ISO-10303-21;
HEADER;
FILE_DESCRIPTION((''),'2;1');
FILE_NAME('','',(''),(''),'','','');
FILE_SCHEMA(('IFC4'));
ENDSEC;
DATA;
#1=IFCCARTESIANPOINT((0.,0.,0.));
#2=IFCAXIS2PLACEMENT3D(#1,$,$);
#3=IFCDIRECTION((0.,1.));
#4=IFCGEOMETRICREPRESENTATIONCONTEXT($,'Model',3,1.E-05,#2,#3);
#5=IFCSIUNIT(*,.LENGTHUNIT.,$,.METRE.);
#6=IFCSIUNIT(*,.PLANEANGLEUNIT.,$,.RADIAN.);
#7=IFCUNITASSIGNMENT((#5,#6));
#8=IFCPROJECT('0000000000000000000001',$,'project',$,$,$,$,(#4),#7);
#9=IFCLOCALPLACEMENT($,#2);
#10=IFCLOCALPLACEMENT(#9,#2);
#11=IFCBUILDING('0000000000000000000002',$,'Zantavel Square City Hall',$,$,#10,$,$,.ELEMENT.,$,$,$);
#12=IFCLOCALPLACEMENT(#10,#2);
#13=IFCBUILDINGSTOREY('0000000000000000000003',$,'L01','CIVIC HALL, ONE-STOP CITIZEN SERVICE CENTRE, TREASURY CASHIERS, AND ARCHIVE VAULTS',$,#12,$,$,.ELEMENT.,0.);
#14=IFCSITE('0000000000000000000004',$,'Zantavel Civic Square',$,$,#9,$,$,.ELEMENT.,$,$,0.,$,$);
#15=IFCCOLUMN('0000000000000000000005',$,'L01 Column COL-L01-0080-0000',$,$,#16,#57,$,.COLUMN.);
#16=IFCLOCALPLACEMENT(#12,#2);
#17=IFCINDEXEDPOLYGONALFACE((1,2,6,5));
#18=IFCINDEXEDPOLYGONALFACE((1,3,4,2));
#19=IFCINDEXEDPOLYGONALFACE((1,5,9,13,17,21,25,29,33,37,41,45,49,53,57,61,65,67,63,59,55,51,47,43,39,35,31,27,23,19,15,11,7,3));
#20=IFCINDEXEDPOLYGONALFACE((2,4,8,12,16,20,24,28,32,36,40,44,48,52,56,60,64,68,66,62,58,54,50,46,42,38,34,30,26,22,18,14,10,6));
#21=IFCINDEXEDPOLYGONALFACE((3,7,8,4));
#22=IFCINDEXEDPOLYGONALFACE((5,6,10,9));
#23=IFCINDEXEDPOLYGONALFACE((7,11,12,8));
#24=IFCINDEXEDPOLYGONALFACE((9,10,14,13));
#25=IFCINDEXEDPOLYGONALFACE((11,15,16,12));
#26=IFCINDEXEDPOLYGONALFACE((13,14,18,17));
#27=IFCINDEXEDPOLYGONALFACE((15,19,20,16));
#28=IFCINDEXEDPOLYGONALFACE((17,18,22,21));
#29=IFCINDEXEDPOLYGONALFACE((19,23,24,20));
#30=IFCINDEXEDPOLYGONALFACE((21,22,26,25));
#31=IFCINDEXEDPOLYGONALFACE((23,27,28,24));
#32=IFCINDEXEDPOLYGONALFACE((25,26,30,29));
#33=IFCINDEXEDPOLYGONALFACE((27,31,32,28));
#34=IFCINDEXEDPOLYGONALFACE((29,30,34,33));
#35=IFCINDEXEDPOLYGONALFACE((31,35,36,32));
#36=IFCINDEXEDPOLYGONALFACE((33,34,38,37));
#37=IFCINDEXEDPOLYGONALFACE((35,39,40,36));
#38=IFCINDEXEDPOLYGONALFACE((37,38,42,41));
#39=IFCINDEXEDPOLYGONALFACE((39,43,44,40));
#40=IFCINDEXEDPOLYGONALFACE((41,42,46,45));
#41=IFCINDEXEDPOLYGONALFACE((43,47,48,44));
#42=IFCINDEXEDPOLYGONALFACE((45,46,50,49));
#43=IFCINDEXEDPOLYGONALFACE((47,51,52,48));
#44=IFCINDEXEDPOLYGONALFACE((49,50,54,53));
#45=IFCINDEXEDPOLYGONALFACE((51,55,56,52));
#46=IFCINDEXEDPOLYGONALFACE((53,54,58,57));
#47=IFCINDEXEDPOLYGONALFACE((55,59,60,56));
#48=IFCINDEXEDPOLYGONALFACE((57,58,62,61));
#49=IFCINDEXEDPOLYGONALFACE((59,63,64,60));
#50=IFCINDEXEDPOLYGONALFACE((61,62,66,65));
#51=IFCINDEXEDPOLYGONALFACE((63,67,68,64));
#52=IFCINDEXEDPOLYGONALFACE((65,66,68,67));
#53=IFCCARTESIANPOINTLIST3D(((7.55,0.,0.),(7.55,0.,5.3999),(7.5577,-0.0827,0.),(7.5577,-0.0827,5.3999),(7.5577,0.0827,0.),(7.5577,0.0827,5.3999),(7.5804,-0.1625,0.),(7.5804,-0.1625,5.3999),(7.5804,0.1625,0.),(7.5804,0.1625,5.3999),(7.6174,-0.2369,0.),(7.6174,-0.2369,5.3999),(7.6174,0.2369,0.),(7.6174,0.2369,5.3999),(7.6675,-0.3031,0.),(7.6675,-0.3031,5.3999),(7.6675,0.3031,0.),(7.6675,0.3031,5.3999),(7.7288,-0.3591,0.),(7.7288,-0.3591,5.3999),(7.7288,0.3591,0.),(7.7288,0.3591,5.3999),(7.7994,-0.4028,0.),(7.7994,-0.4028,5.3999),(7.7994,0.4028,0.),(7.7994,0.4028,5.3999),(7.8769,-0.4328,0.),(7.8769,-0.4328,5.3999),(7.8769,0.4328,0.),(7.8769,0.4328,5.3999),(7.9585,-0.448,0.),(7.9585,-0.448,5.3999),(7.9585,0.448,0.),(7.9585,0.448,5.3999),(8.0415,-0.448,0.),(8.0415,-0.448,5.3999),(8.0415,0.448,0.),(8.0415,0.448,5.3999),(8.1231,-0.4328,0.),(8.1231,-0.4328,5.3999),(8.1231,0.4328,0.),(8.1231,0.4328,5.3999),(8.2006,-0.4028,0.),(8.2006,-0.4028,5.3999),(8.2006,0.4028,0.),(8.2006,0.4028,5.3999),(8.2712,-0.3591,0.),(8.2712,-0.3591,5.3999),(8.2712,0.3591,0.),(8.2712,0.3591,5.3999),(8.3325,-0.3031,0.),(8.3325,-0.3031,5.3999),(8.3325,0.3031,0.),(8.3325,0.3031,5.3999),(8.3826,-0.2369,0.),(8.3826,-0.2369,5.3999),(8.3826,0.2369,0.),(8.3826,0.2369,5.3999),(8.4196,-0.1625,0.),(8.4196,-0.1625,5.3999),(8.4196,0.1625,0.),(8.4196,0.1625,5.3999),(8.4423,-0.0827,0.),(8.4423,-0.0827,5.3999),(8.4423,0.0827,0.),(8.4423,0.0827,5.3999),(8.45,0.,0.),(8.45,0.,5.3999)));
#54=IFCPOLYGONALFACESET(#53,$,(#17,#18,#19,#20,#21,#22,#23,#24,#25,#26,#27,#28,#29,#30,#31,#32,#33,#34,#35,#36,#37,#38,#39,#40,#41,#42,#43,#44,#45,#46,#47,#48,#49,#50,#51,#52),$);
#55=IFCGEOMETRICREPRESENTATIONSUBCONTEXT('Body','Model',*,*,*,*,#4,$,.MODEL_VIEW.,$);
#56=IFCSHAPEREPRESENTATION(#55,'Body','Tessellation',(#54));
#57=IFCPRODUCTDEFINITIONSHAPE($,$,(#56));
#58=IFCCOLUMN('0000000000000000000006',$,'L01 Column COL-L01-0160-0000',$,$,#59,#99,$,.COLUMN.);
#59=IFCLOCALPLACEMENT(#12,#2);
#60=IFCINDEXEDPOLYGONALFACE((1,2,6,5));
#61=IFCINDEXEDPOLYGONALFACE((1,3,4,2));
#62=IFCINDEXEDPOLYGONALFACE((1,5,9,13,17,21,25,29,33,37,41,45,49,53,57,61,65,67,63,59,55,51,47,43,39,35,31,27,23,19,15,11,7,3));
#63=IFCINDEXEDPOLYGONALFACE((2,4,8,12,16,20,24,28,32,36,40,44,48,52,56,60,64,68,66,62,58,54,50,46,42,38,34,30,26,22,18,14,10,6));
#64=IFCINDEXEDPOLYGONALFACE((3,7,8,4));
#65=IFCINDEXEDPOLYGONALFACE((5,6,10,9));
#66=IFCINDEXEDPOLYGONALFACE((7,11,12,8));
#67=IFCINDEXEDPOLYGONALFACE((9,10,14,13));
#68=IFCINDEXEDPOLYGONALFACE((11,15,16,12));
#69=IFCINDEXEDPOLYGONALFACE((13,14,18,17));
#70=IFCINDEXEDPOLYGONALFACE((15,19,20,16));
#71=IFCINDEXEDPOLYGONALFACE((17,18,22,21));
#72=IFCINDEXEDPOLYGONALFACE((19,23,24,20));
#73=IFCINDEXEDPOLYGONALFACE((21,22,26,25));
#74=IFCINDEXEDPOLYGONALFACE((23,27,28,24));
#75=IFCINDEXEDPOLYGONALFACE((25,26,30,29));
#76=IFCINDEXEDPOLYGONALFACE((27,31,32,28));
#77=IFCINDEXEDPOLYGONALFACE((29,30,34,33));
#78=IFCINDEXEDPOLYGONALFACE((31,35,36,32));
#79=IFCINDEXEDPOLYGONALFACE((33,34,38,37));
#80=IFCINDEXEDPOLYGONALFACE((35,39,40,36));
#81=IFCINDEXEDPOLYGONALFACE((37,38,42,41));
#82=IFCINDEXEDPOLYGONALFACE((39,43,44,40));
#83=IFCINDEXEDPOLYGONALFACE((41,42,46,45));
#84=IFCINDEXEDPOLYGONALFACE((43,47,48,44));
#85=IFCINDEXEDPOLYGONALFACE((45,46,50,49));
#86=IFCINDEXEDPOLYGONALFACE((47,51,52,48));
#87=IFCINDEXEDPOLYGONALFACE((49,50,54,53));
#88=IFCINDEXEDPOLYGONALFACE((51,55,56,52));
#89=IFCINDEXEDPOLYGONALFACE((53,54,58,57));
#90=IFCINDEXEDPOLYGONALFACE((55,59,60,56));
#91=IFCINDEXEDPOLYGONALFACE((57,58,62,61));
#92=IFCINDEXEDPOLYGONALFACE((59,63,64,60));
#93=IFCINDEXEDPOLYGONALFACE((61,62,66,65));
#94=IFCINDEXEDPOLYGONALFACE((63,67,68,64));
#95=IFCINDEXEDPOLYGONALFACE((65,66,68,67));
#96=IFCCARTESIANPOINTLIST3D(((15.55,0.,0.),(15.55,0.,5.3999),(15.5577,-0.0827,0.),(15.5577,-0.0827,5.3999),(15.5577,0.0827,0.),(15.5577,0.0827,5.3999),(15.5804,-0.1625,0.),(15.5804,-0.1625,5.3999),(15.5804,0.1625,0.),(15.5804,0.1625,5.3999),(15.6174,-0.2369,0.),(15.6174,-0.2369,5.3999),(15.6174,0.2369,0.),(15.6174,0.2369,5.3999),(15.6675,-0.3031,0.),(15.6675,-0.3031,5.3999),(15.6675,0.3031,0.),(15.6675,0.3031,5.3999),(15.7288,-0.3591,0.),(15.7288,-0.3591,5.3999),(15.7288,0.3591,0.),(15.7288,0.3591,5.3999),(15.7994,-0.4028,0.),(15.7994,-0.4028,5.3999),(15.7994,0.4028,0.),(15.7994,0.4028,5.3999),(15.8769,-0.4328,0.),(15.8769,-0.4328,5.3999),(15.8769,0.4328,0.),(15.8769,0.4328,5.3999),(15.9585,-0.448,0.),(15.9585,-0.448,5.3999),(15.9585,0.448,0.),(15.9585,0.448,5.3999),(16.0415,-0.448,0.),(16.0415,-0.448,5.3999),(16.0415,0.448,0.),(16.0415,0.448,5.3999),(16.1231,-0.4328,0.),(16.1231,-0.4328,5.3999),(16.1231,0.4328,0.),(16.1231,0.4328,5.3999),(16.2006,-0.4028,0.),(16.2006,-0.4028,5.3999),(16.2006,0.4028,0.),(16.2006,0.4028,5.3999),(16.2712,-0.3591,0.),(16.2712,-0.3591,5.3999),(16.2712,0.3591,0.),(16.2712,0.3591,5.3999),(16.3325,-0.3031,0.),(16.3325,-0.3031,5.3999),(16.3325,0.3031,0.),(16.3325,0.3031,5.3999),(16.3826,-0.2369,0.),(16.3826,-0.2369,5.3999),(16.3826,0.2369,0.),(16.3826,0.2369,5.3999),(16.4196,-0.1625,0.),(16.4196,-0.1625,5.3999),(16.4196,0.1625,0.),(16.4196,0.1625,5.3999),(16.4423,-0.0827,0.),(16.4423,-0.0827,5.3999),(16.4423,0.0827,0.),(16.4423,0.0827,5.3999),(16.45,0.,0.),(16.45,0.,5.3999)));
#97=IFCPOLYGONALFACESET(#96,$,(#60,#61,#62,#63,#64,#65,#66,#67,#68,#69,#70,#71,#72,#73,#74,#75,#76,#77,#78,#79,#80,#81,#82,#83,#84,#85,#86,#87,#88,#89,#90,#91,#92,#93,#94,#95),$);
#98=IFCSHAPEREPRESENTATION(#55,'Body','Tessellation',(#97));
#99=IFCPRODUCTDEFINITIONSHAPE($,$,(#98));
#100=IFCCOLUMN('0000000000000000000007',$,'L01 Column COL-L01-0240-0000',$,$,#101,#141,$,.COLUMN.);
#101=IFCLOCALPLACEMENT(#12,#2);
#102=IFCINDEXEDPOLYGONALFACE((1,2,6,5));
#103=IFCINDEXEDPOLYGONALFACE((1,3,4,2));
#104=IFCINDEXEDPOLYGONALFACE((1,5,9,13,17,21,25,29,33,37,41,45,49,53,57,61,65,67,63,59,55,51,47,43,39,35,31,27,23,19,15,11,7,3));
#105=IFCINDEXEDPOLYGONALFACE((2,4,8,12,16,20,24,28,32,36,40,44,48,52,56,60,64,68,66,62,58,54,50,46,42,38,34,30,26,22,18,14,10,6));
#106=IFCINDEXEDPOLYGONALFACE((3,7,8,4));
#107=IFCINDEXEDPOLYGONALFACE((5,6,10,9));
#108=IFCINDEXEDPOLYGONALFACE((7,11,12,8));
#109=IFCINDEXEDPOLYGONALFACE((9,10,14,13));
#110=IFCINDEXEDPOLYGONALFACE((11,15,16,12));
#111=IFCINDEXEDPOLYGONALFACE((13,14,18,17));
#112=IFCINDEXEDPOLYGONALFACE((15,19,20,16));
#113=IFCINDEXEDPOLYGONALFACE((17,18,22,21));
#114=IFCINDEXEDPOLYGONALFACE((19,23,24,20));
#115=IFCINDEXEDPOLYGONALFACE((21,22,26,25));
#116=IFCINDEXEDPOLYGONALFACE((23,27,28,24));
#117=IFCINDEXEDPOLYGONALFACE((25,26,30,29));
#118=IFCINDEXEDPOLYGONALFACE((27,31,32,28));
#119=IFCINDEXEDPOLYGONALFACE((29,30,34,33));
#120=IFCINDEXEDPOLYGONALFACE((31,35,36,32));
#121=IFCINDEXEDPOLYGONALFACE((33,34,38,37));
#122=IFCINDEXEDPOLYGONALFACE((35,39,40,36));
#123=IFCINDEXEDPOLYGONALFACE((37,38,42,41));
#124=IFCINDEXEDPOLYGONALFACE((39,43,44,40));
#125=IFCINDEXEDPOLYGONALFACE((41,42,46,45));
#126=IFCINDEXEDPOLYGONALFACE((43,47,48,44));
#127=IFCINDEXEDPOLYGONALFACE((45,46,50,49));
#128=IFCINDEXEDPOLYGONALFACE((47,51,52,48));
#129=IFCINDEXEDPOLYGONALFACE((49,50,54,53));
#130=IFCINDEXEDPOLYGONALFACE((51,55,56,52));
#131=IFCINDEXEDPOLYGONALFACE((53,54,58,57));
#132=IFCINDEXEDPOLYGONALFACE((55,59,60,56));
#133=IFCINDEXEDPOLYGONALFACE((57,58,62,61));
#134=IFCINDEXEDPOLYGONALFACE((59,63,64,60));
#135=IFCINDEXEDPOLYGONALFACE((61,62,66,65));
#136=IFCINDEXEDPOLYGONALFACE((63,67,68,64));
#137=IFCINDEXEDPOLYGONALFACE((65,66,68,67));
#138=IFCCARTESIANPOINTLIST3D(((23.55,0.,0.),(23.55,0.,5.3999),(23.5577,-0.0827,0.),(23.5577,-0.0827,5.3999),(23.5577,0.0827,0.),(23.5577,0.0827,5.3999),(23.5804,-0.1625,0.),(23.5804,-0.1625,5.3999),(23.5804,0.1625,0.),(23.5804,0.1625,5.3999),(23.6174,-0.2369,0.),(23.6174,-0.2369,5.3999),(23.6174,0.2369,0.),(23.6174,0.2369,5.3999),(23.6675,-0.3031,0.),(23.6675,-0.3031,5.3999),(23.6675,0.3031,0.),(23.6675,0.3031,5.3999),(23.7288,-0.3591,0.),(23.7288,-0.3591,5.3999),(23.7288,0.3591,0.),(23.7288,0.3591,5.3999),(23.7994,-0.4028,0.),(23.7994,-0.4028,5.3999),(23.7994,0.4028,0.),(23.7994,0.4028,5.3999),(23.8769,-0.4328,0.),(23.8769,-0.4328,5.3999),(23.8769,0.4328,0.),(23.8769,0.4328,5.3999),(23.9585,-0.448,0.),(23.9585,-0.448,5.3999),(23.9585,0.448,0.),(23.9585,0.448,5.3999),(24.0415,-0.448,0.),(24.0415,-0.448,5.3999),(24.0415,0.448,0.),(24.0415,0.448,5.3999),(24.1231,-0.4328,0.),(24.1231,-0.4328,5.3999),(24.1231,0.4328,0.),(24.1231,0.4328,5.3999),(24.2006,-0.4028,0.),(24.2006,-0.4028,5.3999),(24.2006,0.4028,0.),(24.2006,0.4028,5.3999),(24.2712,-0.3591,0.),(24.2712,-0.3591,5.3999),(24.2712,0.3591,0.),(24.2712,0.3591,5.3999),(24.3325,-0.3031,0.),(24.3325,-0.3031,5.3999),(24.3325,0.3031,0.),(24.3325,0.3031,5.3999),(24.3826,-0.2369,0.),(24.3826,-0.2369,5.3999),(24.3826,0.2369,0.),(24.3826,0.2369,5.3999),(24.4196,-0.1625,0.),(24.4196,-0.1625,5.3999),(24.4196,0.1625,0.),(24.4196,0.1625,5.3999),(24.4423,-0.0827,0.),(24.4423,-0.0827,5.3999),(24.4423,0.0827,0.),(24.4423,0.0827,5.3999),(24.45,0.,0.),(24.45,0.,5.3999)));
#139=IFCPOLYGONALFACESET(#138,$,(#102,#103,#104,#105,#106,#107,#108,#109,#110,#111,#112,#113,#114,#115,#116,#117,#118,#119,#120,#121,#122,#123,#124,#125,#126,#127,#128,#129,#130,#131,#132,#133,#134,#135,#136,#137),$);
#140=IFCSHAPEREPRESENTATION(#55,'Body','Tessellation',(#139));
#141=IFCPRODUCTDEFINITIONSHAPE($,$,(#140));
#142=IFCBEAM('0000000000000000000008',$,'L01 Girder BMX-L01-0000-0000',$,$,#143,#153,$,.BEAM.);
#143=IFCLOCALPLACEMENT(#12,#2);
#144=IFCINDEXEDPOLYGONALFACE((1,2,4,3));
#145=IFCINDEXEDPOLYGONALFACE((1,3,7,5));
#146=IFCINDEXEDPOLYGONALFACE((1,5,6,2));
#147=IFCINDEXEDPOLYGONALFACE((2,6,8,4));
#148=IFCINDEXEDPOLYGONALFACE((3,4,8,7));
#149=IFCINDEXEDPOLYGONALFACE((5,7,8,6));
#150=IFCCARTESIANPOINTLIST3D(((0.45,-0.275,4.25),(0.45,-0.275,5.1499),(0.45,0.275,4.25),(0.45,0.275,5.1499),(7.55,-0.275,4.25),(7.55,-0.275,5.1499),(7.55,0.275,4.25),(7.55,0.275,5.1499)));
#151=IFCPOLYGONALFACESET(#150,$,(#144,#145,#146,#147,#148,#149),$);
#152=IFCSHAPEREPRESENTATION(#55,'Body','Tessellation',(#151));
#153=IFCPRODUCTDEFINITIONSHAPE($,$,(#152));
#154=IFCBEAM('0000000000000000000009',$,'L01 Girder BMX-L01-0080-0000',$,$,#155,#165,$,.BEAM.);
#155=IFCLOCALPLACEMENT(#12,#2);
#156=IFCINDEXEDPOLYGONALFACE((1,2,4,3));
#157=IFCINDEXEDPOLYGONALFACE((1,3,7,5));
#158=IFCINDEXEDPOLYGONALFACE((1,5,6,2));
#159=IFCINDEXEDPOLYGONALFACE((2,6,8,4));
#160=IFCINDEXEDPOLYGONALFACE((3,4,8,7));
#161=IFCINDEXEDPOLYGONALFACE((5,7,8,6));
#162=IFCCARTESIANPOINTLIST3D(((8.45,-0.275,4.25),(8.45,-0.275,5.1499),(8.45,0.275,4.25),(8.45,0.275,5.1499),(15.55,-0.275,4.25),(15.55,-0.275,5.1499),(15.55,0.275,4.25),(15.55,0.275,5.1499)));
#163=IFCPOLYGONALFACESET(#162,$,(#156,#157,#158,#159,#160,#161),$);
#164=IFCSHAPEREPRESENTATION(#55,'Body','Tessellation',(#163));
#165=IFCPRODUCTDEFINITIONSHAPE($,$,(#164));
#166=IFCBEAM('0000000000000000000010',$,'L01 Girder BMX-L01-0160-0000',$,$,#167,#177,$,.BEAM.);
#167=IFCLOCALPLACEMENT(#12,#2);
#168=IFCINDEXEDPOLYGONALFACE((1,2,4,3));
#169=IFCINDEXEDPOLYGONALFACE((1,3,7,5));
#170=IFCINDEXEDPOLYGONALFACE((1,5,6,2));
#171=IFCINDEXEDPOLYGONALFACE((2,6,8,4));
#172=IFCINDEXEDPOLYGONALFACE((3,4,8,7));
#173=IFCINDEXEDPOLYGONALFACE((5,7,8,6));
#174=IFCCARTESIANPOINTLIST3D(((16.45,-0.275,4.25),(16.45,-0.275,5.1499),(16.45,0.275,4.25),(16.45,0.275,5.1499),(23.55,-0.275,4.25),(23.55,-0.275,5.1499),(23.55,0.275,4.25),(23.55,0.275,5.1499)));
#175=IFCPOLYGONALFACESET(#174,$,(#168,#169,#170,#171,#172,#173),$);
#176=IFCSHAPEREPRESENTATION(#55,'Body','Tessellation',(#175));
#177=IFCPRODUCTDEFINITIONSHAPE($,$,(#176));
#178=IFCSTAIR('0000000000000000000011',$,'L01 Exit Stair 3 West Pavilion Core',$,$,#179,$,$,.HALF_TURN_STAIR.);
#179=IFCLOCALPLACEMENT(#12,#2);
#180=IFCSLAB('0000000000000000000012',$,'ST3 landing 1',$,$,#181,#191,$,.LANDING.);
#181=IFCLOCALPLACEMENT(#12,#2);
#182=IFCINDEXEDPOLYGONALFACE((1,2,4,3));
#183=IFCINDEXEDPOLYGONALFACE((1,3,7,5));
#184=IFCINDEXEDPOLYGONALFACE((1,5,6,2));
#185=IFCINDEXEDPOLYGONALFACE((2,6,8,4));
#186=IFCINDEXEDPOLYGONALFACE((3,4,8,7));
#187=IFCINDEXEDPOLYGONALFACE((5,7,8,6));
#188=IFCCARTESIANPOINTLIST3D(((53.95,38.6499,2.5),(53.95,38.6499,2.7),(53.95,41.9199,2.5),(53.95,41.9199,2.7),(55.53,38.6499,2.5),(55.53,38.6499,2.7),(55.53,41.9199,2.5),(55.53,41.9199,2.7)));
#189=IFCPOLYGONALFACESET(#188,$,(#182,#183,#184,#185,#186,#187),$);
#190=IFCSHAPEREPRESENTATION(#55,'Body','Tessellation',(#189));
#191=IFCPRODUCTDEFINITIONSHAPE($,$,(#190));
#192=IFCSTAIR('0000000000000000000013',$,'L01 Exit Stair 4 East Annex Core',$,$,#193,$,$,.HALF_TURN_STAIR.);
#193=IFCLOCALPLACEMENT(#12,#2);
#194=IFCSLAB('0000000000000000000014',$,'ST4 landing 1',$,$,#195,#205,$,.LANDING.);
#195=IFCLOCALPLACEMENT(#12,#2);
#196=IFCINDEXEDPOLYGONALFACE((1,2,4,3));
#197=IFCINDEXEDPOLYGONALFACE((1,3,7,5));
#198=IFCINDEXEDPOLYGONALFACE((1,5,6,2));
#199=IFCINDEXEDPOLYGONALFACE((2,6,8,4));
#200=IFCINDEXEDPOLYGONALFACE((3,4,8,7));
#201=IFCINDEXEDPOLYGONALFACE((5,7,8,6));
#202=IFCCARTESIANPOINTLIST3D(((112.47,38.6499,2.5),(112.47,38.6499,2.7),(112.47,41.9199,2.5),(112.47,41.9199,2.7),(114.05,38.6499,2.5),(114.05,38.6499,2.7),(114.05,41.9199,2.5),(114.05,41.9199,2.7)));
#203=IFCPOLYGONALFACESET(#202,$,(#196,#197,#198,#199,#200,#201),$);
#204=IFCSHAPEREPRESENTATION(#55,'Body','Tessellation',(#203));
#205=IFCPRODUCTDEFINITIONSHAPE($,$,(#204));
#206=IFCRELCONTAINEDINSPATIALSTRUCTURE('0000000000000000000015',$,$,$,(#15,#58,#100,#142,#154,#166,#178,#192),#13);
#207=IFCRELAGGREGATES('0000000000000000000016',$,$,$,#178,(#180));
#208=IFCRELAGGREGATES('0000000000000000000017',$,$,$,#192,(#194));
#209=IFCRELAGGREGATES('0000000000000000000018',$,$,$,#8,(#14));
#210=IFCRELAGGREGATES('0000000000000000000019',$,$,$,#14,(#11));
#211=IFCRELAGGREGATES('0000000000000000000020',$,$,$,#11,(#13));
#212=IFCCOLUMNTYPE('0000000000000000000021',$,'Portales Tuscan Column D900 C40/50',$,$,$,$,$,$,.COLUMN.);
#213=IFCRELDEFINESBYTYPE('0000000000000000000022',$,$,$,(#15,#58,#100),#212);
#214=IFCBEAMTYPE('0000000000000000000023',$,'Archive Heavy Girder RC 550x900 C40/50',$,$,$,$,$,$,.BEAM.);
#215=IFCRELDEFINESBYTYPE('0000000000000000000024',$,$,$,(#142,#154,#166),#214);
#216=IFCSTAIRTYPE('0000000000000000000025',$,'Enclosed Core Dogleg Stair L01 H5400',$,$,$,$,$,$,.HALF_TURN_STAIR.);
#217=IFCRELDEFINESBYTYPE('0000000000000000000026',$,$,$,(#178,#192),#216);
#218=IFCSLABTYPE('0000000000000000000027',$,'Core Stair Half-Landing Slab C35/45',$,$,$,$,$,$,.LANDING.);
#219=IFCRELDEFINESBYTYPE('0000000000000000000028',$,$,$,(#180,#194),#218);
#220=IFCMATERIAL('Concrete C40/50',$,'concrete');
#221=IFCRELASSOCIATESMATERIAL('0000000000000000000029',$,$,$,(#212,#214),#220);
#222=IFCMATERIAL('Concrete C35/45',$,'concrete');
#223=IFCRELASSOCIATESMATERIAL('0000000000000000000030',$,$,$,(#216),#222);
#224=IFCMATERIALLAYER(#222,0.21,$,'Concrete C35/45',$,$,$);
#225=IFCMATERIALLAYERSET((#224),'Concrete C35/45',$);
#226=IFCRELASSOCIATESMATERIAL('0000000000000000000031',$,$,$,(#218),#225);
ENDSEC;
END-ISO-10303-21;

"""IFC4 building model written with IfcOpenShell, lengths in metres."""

from ifc_helpers import new_model, si_unit, direction, frame, origin, origin_2d, place, context, subcontext, project, spatial, polyline, rectangle, circle, outline, extrude, material, layer, layer_set, material_profile, profile_set, type_object, element, aggregate, save


model = new_model("IFC4")

# Units and contexts
model_context = context("Model", 3, precision=1e-05, world=origin(), true_north=direction((0.0, 1.0)))
body_context = subcontext(model_context, "Body", "Model", "MODEL_VIEW")
ifc_project = project(units=[si_unit("LENGTHUNIT", "METRE"), si_unit("PLANEANGLEUNIT", "RADIAN")], contexts=[model_context])

# Site, building, storey
site_placement = place(None, origin())
site = spatial("IfcSite", under=ifc_project, at=site_placement, Name="Zantavel Civic Square", CompositionType="ELEMENT", RefElevation=0.0)
building_placement = place(site_placement, origin())
building = spatial("IfcBuilding", under=site, at=building_placement, Name="Zantavel Square City Hall", CompositionType="ELEMENT")
storey_placement = place(building_placement, origin())
storey = spatial("IfcBuildingStorey", under=building, at=storey_placement, Name="L01", Description="CIVIC HALL, ONE-STOP CITIZEN SERVICE CENTRE, TREASURY CASHIERS, AND ARCHIVE VAULTS", CompositionType="ELEMENT", Elevation=0.0)

# Columns
ifc_material_1 = material(Name="Concrete C40/50", Category="concrete")
ifc_material_profile_1 = material_profile(ifc_material_1, circle(Radius=0.45, at=origin_2d()), Name="ROUND D900")
ifc_profile_set_1 = profile_set([ifc_material_profile_1], Name="Concrete C40/50")
column_type = type_object("IfcColumnType", Name="Portales Tuscan Column D900 C40/50", PredefinedType="COLUMN", material=ifc_profile_set_1)
for number, where, z_axis, x_axis, name in (
    (1, (8.0, 0.0, 0.0), (0.0, 0.0, 1.0), (1.0, 0.0, 0.0), "L01 Column COL-L01-0080-0000"),
    (2, (16.0, 0.0, 0.0), (0.0, 0.0, 1.0), (1.0, 0.0, 0.0), "L01 Column COL-L01-0160-0000"),
    (3, (24.0, 0.0, 0.0), (0.0, 0.0, 1.0), (1.0, 0.0, 0.0), "L01 Column COL-L01-0240-0000"),
):
    element("IfcColumn", number, at=place(storey_placement, frame(where, z_axis=z_axis, x_axis=x_axis)), inside=storey, type_object=column_type, Name=name, PredefinedType="COLUMN", context=body_context, shape_type="SweptSolid", body=[
        extrude(circle(Radius=0.45, at=origin_2d()), origin(), (0.0, 0.0, 1.0), 5.3999),
    ])

# Beams
ifc_material_profile_2 = material_profile(ifc_material_1, rectangle(XDim=0.55, YDim=0.8999, at=origin_2d()), Name="RC 550x900")
ifc_profile_set_2 = profile_set([ifc_material_profile_2], Name="Concrete C40/50")
beam_type = type_object("IfcBeamType", Name="Archive Heavy Girder RC 550x900 C40/50", PredefinedType="BEAM", material=ifc_profile_set_2)
for number, where, z_axis, x_axis, name in (
    (4, (0.45, 0.0, 4.7), (1.0, 0.0, 0.0), (0.0, 1.0, 0.0), "L01 Girder BMX-L01-0000-0000"),
    (5, (8.45, 0.0, 4.7), (1.0, 0.0, 0.0), (0.0, 1.0, 0.0), "L01 Girder BMX-L01-0080-0000"),
    (6, (16.45, 0.0, 4.7), (1.0, 0.0, 0.0), (0.0, 1.0, 0.0), "L01 Girder BMX-L01-0160-0000"),
):
    element("IfcBeam", number, at=place(storey_placement, frame(where, z_axis=z_axis, x_axis=x_axis)), inside=storey, type_object=beam_type, Name=name, PredefinedType="BEAM", context=body_context, shape_type="SweptSolid", body=[
        extrude(rectangle(XDim=0.55, YDim=0.8999, at=origin_2d()), origin(), (0.0, 0.0, 1.0), 7.1001),
    ])

# Stairs, slabs
ifc_material_2 = material(Name="Concrete C35/45", Category="concrete")
stair_type_1 = type_object("IfcStairType", Name="Enclosed Core Dogleg Stair L01 H5400", PredefinedType="HALF_TURN_STAIR", material=ifc_material_2)
stair_1_placement = place(storey_placement, origin())
stair_1 = element("IfcStair", 7, at=stair_1_placement, inside=storey, type_object=stair_type_1, Name="L01 Exit Stair 3 West Pavilion Core", PredefinedType="HALF_TURN_STAIR")
ifc_layer_1 = layer(ifc_material_2, 0.21, Name="Concrete C35/45")
ifc_layer_set_1 = layer_set([ifc_layer_1], Name="Concrete C35/45")
slab_type = type_object("IfcSlabType", Name="Core Stair Half-Landing Slab C35/45", PredefinedType="LANDING", material=ifc_layer_set_1)
slab_1_placement = place(storey_placement, frame((0.0, 0.0, 2.5)))
slab_1 = element("IfcSlab", 8, at=slab_1_placement, type_object=slab_type, Name="ST3 landing 1", PredefinedType="LANDING", context=body_context, shape_type="SweptSolid", body=[
    extrude(outline(polyline([(53.95, 38.6499), (55.53, 38.6499), (55.53, 41.9199), (53.95, 41.9199), (53.95, 38.6499)])), origin(), (0.0, 0.0, 1.0), 0.2),
])
aggregate(stair_1, [slab_1])
stair_2_placement = place(storey_placement, origin())
stair_2 = element("IfcStair", 9, at=stair_2_placement, inside=storey, type_object=stair_type_1, Name="L01 Exit Stair 4 East Annex Core", PredefinedType="HALF_TURN_STAIR")
slab_2_placement = place(storey_placement, frame((0.0, 0.0, 2.5)))
slab_2 = element("IfcSlab", 10, at=slab_2_placement, type_object=slab_type, Name="ST4 landing 1", PredefinedType="LANDING", context=body_context, shape_type="SweptSolid", body=[
    extrude(outline(polyline([(114.05, 41.9199), (112.47, 41.9199), (112.47, 38.6499), (114.05, 38.6499), (114.05, 41.9199)])), origin(), (0.0, 0.0, 1.0), 0.2),
])
aggregate(stair_2, [slab_2])

save(model, "model.ifc")
